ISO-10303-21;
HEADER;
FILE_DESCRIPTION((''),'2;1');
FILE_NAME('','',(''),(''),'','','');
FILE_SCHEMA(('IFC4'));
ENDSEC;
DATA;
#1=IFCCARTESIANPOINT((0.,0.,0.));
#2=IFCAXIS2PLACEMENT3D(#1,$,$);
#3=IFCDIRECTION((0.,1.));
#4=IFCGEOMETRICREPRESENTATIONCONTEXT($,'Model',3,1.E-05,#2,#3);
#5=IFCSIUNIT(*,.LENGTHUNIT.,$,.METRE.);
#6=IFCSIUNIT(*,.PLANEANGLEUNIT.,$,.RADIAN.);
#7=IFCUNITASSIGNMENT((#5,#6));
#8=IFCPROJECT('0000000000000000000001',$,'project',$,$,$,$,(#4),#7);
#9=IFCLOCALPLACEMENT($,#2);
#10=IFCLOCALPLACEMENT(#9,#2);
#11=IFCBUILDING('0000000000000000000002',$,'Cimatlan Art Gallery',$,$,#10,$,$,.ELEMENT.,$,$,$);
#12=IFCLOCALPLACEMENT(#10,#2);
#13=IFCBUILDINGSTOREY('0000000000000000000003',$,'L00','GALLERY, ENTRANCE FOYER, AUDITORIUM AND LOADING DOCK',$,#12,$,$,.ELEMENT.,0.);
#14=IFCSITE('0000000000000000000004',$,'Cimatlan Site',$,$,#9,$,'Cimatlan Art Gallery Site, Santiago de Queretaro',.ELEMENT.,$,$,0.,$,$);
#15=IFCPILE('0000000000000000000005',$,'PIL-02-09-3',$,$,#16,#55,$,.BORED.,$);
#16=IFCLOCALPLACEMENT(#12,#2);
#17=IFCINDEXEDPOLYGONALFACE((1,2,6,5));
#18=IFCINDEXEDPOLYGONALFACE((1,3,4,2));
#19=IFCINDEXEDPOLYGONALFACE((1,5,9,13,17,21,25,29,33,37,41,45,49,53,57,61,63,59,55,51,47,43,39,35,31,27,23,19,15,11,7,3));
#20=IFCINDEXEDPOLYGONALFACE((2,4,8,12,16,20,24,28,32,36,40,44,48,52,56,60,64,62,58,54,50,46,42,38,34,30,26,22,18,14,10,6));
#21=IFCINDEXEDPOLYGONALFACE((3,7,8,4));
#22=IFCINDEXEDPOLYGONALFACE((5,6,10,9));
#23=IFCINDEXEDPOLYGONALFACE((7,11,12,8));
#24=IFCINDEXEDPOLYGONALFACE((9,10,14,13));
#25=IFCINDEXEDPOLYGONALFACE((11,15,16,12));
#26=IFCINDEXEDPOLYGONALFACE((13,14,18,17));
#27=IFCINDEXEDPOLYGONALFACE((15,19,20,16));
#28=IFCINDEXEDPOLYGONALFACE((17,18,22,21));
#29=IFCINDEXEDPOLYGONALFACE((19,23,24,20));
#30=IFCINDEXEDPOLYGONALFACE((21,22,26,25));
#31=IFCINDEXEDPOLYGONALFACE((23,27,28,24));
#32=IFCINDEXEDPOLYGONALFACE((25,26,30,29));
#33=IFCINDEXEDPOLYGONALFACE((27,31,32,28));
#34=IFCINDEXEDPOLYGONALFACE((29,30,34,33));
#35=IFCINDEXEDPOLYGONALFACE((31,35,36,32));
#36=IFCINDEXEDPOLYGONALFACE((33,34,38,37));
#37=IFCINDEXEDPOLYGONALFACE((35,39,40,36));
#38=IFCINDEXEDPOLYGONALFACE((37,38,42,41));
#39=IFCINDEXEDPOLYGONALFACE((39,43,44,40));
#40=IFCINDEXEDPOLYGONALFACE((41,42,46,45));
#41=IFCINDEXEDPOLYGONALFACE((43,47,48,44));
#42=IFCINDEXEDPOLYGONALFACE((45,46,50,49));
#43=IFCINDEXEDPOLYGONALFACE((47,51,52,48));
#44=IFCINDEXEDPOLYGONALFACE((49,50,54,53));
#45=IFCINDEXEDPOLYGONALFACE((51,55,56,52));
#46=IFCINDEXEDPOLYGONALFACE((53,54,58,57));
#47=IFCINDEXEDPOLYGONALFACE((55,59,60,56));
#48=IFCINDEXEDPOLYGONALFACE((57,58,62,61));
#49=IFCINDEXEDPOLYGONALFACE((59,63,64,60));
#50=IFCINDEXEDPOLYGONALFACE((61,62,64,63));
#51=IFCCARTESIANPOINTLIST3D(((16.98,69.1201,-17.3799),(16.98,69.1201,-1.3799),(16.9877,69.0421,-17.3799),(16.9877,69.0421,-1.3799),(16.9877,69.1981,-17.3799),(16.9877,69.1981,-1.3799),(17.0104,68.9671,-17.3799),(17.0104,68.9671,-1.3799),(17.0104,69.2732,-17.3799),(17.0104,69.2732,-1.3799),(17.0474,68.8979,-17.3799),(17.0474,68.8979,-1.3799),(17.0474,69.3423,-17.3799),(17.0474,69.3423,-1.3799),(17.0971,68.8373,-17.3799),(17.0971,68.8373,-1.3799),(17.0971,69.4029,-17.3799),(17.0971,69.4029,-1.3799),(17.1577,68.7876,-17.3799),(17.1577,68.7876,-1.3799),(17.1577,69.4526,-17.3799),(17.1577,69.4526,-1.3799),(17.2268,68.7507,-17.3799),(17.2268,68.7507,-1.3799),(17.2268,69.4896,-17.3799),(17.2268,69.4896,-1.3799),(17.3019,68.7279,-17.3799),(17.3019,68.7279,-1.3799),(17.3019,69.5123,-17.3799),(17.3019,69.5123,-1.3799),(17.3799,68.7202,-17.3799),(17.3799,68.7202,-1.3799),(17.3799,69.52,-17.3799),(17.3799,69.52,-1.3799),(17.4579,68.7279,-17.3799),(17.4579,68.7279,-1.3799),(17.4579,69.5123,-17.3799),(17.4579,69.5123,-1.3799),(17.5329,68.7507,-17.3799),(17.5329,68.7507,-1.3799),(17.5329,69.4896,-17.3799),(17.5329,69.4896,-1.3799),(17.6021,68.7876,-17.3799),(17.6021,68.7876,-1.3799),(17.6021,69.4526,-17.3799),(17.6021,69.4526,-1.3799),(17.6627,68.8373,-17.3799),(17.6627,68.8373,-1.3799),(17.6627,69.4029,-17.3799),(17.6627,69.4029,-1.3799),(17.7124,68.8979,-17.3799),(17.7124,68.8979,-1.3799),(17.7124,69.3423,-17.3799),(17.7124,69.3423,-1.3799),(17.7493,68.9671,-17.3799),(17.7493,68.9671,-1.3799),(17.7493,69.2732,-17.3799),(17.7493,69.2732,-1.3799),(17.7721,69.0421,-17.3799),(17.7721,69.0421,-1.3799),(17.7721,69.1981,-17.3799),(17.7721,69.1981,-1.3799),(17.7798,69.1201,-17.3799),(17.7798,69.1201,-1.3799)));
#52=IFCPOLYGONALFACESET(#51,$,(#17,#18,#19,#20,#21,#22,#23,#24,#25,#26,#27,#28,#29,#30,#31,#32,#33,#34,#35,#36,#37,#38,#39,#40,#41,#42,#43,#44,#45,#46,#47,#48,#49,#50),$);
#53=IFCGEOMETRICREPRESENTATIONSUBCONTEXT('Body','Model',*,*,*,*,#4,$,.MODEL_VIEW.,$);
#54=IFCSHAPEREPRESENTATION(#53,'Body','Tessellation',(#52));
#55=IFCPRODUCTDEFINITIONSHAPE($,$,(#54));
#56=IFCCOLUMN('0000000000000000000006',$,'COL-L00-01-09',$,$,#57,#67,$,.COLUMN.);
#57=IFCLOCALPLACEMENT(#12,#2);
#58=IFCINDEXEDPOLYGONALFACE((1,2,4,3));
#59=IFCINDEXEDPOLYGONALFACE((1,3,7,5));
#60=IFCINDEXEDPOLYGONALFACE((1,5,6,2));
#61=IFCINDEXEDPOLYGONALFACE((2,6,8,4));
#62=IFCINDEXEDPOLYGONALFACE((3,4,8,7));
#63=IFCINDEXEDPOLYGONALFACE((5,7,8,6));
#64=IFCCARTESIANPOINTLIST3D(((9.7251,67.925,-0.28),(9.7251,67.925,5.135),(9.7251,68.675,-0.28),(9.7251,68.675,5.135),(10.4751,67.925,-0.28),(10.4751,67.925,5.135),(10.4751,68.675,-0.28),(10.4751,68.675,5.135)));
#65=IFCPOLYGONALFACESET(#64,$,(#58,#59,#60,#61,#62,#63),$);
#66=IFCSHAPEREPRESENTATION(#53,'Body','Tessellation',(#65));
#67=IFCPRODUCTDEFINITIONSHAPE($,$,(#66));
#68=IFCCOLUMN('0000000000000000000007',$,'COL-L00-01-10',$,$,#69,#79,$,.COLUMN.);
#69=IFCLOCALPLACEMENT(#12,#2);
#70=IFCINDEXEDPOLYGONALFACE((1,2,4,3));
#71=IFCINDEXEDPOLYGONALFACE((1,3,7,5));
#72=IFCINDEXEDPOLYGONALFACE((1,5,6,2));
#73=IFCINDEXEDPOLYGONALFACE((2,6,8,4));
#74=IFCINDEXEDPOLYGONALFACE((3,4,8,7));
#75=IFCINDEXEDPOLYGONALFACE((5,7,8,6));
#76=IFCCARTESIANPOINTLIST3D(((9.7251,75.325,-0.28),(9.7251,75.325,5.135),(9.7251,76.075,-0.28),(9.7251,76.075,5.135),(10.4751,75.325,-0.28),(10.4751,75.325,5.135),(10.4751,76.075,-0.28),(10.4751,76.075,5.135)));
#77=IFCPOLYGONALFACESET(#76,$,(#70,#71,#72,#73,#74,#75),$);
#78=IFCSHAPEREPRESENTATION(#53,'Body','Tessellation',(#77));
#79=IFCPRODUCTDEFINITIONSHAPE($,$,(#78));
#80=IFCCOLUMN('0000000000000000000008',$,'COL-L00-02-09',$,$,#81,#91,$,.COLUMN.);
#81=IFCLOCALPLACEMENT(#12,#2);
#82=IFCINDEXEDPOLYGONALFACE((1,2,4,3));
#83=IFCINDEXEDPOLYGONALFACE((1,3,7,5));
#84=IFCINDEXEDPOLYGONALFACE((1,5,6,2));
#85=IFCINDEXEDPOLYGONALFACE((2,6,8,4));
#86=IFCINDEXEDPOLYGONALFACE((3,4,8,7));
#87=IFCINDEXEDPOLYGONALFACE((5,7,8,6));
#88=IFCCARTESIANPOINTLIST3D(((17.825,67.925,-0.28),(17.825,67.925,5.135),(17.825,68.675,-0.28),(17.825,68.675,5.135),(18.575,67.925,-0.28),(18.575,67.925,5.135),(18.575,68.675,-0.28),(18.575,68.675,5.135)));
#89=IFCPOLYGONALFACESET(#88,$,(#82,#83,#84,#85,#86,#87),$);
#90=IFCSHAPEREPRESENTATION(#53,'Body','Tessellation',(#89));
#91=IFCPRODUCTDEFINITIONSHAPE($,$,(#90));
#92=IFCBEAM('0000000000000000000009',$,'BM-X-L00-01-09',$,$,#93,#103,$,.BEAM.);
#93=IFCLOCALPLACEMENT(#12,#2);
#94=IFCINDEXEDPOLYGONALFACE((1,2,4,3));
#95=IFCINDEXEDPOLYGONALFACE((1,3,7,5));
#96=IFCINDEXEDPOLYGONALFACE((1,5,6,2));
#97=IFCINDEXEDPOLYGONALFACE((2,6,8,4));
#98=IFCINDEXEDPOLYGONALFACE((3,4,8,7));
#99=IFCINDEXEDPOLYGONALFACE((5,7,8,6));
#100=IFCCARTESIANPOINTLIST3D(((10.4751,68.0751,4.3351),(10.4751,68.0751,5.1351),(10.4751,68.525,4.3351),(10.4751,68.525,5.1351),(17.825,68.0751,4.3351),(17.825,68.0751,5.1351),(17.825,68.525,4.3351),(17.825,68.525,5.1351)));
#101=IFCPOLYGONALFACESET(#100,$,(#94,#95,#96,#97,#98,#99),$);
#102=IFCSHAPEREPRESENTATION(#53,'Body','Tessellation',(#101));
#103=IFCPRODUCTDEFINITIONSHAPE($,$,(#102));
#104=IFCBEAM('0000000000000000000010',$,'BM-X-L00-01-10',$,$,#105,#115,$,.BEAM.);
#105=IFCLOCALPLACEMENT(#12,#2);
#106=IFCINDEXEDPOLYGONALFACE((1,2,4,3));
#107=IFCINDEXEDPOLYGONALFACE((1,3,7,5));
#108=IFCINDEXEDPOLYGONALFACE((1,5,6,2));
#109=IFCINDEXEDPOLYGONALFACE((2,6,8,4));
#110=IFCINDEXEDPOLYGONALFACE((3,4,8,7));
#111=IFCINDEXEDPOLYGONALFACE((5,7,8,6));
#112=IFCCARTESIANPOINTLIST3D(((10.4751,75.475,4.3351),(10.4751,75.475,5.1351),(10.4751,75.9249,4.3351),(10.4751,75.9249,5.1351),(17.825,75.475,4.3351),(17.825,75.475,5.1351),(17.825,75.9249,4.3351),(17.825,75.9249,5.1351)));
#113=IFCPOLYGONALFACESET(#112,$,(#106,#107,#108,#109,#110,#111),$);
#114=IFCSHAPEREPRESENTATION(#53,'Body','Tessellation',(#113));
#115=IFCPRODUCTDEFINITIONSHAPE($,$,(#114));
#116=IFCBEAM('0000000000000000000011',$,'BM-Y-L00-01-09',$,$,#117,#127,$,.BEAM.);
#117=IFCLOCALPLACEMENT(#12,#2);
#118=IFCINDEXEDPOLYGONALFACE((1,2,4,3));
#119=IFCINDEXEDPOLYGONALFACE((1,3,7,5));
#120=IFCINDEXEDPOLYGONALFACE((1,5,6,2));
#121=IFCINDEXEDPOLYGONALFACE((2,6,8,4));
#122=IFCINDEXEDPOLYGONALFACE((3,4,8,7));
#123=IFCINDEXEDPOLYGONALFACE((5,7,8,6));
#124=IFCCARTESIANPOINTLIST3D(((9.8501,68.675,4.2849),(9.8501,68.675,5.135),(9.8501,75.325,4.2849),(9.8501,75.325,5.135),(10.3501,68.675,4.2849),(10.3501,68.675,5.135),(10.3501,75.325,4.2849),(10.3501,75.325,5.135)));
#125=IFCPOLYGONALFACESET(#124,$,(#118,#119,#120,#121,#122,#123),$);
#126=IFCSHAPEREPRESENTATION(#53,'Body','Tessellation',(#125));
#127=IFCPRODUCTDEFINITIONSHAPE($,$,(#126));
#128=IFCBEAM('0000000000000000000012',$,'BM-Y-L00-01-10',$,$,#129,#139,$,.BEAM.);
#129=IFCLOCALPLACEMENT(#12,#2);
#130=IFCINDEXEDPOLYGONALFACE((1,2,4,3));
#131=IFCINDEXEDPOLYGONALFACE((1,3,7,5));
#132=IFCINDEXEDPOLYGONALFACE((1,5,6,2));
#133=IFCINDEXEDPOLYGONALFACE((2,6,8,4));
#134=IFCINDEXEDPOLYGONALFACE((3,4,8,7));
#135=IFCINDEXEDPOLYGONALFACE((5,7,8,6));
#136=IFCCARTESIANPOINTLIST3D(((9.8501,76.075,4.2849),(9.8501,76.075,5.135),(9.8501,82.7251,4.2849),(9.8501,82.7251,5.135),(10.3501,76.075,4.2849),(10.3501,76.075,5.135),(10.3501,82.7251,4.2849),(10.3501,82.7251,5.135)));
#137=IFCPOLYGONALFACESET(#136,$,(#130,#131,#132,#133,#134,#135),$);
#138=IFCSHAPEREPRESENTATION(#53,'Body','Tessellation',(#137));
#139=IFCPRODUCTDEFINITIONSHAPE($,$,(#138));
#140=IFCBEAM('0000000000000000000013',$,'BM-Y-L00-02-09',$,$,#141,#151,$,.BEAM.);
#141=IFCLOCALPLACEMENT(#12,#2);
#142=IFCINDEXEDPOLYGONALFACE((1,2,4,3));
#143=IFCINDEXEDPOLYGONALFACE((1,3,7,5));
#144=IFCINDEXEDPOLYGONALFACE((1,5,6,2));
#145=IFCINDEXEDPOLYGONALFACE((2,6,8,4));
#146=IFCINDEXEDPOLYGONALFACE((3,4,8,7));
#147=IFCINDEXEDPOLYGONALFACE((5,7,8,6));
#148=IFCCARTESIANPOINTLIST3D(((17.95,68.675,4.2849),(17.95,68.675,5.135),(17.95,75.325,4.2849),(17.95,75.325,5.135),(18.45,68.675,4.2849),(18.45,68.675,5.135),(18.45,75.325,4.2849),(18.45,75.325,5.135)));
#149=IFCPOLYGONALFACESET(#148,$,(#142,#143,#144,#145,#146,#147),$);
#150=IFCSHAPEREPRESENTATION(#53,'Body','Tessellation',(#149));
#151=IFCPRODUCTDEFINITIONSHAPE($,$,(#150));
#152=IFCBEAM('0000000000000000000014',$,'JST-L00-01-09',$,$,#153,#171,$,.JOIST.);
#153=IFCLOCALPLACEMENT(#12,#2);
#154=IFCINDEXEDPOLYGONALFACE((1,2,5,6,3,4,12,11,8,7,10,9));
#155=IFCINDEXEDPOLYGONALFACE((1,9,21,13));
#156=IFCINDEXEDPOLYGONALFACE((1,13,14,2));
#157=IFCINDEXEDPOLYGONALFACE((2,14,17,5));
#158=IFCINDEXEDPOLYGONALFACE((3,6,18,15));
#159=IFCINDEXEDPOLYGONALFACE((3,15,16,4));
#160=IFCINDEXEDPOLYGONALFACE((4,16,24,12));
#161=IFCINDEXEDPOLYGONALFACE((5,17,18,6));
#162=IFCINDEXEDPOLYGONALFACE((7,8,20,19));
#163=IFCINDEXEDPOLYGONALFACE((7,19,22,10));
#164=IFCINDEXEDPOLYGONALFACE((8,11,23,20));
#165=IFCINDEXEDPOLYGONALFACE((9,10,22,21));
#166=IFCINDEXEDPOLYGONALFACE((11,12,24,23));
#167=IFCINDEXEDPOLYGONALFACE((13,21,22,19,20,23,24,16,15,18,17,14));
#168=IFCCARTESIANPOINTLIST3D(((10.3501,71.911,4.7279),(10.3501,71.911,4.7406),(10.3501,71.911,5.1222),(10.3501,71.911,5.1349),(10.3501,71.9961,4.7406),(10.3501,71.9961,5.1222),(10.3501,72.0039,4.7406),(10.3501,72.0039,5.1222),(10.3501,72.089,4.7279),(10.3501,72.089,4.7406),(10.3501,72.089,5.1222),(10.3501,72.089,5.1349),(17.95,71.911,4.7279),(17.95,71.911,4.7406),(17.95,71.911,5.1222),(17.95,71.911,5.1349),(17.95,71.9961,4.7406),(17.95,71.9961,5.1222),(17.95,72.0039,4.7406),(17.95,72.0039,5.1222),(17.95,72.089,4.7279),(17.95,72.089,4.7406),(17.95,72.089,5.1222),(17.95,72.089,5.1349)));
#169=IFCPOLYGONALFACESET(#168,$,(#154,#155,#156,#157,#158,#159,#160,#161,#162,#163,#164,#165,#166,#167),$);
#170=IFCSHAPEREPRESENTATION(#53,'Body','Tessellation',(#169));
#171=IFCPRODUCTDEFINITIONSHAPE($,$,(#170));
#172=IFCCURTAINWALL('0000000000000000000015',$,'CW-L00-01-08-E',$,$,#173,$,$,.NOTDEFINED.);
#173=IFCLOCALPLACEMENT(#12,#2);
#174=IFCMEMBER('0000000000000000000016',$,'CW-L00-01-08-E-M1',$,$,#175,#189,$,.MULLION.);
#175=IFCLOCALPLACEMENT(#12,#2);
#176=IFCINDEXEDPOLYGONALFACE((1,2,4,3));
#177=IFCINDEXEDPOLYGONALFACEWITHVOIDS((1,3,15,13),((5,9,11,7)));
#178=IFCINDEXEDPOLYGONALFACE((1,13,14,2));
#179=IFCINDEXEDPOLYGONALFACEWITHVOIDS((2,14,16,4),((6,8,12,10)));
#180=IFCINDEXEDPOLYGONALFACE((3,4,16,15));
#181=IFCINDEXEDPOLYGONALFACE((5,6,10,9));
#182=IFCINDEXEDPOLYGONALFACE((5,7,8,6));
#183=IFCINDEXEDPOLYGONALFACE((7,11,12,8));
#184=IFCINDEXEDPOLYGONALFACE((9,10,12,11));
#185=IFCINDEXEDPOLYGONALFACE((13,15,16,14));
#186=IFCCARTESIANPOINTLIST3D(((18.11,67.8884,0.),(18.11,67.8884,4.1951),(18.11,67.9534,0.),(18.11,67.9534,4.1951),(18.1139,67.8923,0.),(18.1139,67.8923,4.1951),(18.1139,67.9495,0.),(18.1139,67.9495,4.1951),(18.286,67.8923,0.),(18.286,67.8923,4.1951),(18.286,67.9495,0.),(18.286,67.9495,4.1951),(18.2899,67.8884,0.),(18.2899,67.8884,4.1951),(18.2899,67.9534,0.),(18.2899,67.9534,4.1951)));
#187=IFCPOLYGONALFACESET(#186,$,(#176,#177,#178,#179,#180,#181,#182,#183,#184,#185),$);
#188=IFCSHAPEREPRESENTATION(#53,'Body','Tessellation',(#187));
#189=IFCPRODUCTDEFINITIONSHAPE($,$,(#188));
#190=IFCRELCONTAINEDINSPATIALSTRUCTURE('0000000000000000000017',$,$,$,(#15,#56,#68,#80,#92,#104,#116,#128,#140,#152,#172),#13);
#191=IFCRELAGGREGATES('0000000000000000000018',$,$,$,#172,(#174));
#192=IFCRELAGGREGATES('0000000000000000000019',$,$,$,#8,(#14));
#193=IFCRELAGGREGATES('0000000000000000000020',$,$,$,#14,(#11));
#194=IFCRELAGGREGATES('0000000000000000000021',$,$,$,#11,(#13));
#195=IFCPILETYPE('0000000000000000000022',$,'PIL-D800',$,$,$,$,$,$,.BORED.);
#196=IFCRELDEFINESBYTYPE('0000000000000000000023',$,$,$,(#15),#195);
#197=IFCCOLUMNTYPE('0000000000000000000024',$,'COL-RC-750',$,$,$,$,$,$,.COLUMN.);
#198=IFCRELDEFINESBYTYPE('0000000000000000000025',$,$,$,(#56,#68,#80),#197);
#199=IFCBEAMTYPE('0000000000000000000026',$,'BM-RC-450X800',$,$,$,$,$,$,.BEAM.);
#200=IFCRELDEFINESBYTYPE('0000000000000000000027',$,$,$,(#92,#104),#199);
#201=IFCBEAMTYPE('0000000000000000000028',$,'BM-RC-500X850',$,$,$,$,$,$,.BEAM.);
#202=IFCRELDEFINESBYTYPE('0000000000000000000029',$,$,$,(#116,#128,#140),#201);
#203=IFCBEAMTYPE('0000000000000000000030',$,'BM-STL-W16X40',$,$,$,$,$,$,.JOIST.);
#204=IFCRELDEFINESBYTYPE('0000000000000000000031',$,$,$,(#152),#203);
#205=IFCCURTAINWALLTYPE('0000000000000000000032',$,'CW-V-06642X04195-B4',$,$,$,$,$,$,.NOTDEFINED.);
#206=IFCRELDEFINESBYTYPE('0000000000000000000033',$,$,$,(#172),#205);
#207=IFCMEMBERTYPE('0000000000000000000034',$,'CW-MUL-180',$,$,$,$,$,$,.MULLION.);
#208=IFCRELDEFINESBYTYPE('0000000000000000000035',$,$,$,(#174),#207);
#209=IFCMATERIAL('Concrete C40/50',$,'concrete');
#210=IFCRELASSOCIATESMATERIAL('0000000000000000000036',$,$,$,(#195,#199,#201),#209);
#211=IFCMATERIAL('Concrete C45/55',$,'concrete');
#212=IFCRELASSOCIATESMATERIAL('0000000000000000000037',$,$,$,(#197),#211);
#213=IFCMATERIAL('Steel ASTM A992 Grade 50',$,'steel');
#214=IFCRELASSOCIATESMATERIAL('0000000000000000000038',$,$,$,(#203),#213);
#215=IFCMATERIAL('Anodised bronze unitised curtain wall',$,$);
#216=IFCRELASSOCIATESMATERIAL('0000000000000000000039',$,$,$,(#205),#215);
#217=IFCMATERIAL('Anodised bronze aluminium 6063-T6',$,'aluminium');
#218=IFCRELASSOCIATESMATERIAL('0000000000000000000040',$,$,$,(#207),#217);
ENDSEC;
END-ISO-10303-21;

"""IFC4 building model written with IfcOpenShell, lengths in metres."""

from ifc_helpers import new_model, si_unit, direction, frame, origin, origin_2d, place, context, subcontext, project, spatial, rectangle, hollow_rectangle, circle, i_section, extrude, material, material_profile, profile_set, type_object, element, aggregate, save


model = new_model("IFC4")

# Units and contexts
model_context = context("Model", 3, precision=1e-05, world=origin(), true_north=direction((0.0, 1.0)))
body_context = subcontext(model_context, "Body", "Model", "MODEL_VIEW")
ifc_project = project(units=[si_unit("LENGTHUNIT", "METRE"), si_unit("PLANEANGLEUNIT", "RADIAN")], contexts=[model_context])

# Site, building, storey
site_placement = place(None, origin())
site = spatial("IfcSite", under=ifc_project, at=site_placement, Name="Cimatlan Site", LongName="Cimatlan Art Gallery Site, Santiago de Queretaro", CompositionType="ELEMENT", RefElevation=0.0)
building_placement = place(site_placement, origin())
building = spatial("IfcBuilding", under=site, at=building_placement, Name="Cimatlan Art Gallery", CompositionType="ELEMENT")
storey_placement = place(building_placement, origin())
storey = spatial("IfcBuildingStorey", under=building, at=storey_placement, Name="L00", Description="GALLERY, ENTRANCE FOYER, AUDITORIUM AND LOADING DOCK", CompositionType="ELEMENT", Elevation=0.0)

# Shared definitions
ifc_material_1 = material(Name="Concrete C40/50", Category="concrete")

# Pile
pile_type_1 = type_object("IfcPileType", Name="PIL-D800", PredefinedType="BORED", material=ifc_material_1)
for number, where, z_axis, x_axis, name in (
    (1, (17.3799, 69.1201, -1.3799), (0.0, 0.0, -1.0), (1.0, 0.0, 0.0), "PIL-02-09-3"),
):
    element("IfcPile", number, at=place(storey_placement, frame(where, z_axis=z_axis, x_axis=x_axis)), inside=storey, type_object=pile_type_1, Name=name, PredefinedType="BORED", context=body_context, shape_type="SweptSolid", body=[
        extrude(circle(Radius=0.3999, at=origin_2d()), origin(), (0.0, 0.0, 1.0), 16.0),
    ])

# Columns
ifc_material_2 = material(Name="Concrete C45/55", Category="concrete")
ifc_material_profile_1 = material_profile(ifc_material_2, rectangle(XDim=0.75, YDim=0.75, at=origin_2d()), Name="RC750X750")
ifc_profile_set_1 = profile_set([ifc_material_profile_1], Name="Concrete C45/55")
column_type = type_object("IfcColumnType", Name="COL-RC-750", PredefinedType="COLUMN", material=ifc_profile_set_1)
for number, where, z_axis, x_axis, name in (
    (2, (10.1001, 68.3, -0.28), (0.0, 0.0, 1.0), (1.0, 0.0, 0.0), "COL-L00-01-09"),
    (3, (10.1001, 75.7, -0.28), (0.0, 0.0, 1.0), (1.0, 0.0, 0.0), "COL-L00-01-10"),
    (4, (18.2, 68.3, -0.28), (0.0, 0.0, 1.0), (1.0, 0.0, 0.0), "COL-L00-02-09"),
):
    element("IfcColumn", number, at=place(storey_placement, frame(where, z_axis=z_axis, x_axis=x_axis)), inside=storey, type_object=column_type, Name=name, PredefinedType="COLUMN", context=body_context, shape_type="SweptSolid", body=[
        extrude(rectangle(XDim=0.75, YDim=0.75, at=origin_2d()), origin(), (0.0, 0.0, 1.0), 5.415),
    ])

# Beams
ifc_material_profile_2 = material_profile(ifc_material_1, rectangle(XDim=0.45, YDim=0.8, at=origin_2d()), Name="RC450X800")
ifc_profile_set_2 = profile_set([ifc_material_profile_2], Name="Concrete C40/50")
beam_type_1 = type_object("IfcBeamType", Name="BM-RC-450X800", PredefinedType="BEAM", material=ifc_profile_set_2)
for number, where, z_axis, x_axis, name in (
    (5, (10.4751, 68.3, 4.7351), (1.0, 0.0, 0.0), (0.0, 1.0, 0.0), "BM-X-L00-01-09"),
    (6, (10.4751, 75.7, 4.7351), (1.0, 0.0, 0.0), (0.0, 1.0, 0.0), "BM-X-L00-01-10"),
):
    element("IfcBeam", number, at=place(storey_placement, frame(where, z_axis=z_axis, x_axis=x_axis)), inside=storey, type_object=beam_type_1, Name=name, PredefinedType="BEAM", context=body_context, shape_type="SweptSolid", body=[
        extrude(rectangle(XDim=0.45, YDim=0.8, at=origin_2d()), origin(), (0.0, 0.0, 1.0), 7.3499),
    ])
ifc_material_profile_3 = material_profile(ifc_material_1, rectangle(XDim=0.5, YDim=0.8501, at=origin_2d()), Name="RC500X850")
ifc_profile_set_3 = profile_set([ifc_material_profile_3], Name="Concrete C40/50")
beam_type_2 = type_object("IfcBeamType", Name="BM-RC-500X850", PredefinedType="BEAM", material=ifc_profile_set_3)
beam_1_placement = place(storey_placement, frame((10.1001, 68.675, 4.71), z_axis=(0.0, 1.0, 0.0), x_axis=(-1.0, 0.0, 0.0)))
element("IfcBeam", 7, at=beam_1_placement, inside=storey, type_object=beam_type_2, Name="BM-Y-L00-01-09", PredefinedType="BEAM", context=body_context, shape_type="SweptSolid", body=[
    extrude(rectangle(XDim=0.5, YDim=0.8501, at=origin_2d()), origin(), (0.0, 0.0, 1.0), 6.6499),
])
beam_2_placement = place(storey_placement, frame((10.1001, 76.075, 4.71), z_axis=(0.0, 1.0, 0.0), x_axis=(-1.0, 0.0, 0.0)))
element("IfcBeam", 8, at=beam_2_placement, inside=storey, type_object=beam_type_2, Name="BM-Y-L00-01-10", PredefinedType="BEAM", context=body_context, shape_type="SweptSolid", body=[
    extrude(rectangle(XDim=0.5, YDim=0.8501, at=origin_2d()), origin(), (0.0, 0.0, 1.0), 6.6501),
])
beam_3_placement = place(storey_placement, frame((18.2, 68.675, 4.71), z_axis=(0.0, 1.0, 0.0), x_axis=(-1.0, 0.0, 0.0)))
element("IfcBeam", 9, at=beam_3_placement, inside=storey, type_object=beam_type_2, Name="BM-Y-L00-02-09", PredefinedType="BEAM", context=body_context, shape_type="SweptSolid", body=[
    extrude(rectangle(XDim=0.5, YDim=0.8501, at=origin_2d()), origin(), (0.0, 0.0, 1.0), 6.6499),
])
ifc_material_3 = material(Name="Steel ASTM A992 Grade 50", Category="steel")
ifc_material_profile_4 = material_profile(ifc_material_3, i_section(OverallWidth=0.178, OverallDepth=0.407, WebThickness=0.0078, FlangeThickness=0.0127, at=origin_2d()), Name="W16X40")
ifc_profile_set_4 = profile_set([ifc_material_profile_4], Name="Steel ASTM A992 Grade 50")
beam_type_3 = type_object("IfcBeamType", Name="BM-STL-W16X40", PredefinedType="JOIST", material=ifc_profile_set_4)
beam_4_placement = place(storey_placement, frame((10.3501, 72.0, 4.9314), z_axis=(1.0, 0.0, 0.0), x_axis=(0.0, 1.0, 0.0)))
element("IfcBeam", 10, at=beam_4_placement, inside=storey, type_object=beam_type_3, Name="JST-L00-01-09", PredefinedType="JOIST", context=body_context, shape_type="SweptSolid", body=[
    extrude(i_section(OverallWidth=0.178, OverallDepth=0.407, WebThickness=0.0078, FlangeThickness=0.0127, at=origin_2d()), origin(), (0.0, 0.0, 1.0), 7.5999),
])

# Curtain wall, member
ifc_material_4 = material(Name="Anodised bronze unitised curtain wall")
curtain_wall_type = type_object("IfcCurtainWallType", Name="CW-V-06642X04195-B4", PredefinedType="NOTDEFINED", material=ifc_material_4)
curtain_wall_placement = place(storey_placement, origin())
curtain_wall = element("IfcCurtainWall", 11, at=curtain_wall_placement, inside=storey, type_object=curtain_wall_type, Name="CW-L00-01-08-E", PredefinedType="NOTDEFINED")
ifc_material_5 = material(Name="Anodised bronze aluminium 6063-T6", Category="aluminium")
ifc_material_profile_5 = material_profile(ifc_material_5, hollow_rectangle(XDim=0.0649, YDim=0.1799, WallThickness=0.0039, at=origin_2d()), Name="ALU65X180X4")
ifc_profile_set_5 = profile_set([ifc_material_profile_5], Name="Anodised bronze aluminium 6063-T6")
member_type_1 = type_object("IfcMemberType", Name="CW-MUL-180", PredefinedType="MULLION", material=ifc_profile_set_5)
member_1_placement = place(storey_placement, frame((18.2, 67.9209, 0.0), z_axis=(0.0, 0.0, 1.0), x_axis=(0.0, 1.0, 0.0)))
member_1 = element("IfcMember", 12, at=member_1_placement, type_object=member_type_1, Name="CW-L00-01-08-E-M1", PredefinedType="MULLION", context=body_context, shape_type="SweptSolid", body=[
    extrude(hollow_rectangle(XDim=0.0649, YDim=0.1799, WallThickness=0.0039, at=origin_2d()), origin(), (0.0, 0.0, 1.0), 4.1951),
])
aggregate(curtain_wall, [member_1])

save(model, "model.ifc")
